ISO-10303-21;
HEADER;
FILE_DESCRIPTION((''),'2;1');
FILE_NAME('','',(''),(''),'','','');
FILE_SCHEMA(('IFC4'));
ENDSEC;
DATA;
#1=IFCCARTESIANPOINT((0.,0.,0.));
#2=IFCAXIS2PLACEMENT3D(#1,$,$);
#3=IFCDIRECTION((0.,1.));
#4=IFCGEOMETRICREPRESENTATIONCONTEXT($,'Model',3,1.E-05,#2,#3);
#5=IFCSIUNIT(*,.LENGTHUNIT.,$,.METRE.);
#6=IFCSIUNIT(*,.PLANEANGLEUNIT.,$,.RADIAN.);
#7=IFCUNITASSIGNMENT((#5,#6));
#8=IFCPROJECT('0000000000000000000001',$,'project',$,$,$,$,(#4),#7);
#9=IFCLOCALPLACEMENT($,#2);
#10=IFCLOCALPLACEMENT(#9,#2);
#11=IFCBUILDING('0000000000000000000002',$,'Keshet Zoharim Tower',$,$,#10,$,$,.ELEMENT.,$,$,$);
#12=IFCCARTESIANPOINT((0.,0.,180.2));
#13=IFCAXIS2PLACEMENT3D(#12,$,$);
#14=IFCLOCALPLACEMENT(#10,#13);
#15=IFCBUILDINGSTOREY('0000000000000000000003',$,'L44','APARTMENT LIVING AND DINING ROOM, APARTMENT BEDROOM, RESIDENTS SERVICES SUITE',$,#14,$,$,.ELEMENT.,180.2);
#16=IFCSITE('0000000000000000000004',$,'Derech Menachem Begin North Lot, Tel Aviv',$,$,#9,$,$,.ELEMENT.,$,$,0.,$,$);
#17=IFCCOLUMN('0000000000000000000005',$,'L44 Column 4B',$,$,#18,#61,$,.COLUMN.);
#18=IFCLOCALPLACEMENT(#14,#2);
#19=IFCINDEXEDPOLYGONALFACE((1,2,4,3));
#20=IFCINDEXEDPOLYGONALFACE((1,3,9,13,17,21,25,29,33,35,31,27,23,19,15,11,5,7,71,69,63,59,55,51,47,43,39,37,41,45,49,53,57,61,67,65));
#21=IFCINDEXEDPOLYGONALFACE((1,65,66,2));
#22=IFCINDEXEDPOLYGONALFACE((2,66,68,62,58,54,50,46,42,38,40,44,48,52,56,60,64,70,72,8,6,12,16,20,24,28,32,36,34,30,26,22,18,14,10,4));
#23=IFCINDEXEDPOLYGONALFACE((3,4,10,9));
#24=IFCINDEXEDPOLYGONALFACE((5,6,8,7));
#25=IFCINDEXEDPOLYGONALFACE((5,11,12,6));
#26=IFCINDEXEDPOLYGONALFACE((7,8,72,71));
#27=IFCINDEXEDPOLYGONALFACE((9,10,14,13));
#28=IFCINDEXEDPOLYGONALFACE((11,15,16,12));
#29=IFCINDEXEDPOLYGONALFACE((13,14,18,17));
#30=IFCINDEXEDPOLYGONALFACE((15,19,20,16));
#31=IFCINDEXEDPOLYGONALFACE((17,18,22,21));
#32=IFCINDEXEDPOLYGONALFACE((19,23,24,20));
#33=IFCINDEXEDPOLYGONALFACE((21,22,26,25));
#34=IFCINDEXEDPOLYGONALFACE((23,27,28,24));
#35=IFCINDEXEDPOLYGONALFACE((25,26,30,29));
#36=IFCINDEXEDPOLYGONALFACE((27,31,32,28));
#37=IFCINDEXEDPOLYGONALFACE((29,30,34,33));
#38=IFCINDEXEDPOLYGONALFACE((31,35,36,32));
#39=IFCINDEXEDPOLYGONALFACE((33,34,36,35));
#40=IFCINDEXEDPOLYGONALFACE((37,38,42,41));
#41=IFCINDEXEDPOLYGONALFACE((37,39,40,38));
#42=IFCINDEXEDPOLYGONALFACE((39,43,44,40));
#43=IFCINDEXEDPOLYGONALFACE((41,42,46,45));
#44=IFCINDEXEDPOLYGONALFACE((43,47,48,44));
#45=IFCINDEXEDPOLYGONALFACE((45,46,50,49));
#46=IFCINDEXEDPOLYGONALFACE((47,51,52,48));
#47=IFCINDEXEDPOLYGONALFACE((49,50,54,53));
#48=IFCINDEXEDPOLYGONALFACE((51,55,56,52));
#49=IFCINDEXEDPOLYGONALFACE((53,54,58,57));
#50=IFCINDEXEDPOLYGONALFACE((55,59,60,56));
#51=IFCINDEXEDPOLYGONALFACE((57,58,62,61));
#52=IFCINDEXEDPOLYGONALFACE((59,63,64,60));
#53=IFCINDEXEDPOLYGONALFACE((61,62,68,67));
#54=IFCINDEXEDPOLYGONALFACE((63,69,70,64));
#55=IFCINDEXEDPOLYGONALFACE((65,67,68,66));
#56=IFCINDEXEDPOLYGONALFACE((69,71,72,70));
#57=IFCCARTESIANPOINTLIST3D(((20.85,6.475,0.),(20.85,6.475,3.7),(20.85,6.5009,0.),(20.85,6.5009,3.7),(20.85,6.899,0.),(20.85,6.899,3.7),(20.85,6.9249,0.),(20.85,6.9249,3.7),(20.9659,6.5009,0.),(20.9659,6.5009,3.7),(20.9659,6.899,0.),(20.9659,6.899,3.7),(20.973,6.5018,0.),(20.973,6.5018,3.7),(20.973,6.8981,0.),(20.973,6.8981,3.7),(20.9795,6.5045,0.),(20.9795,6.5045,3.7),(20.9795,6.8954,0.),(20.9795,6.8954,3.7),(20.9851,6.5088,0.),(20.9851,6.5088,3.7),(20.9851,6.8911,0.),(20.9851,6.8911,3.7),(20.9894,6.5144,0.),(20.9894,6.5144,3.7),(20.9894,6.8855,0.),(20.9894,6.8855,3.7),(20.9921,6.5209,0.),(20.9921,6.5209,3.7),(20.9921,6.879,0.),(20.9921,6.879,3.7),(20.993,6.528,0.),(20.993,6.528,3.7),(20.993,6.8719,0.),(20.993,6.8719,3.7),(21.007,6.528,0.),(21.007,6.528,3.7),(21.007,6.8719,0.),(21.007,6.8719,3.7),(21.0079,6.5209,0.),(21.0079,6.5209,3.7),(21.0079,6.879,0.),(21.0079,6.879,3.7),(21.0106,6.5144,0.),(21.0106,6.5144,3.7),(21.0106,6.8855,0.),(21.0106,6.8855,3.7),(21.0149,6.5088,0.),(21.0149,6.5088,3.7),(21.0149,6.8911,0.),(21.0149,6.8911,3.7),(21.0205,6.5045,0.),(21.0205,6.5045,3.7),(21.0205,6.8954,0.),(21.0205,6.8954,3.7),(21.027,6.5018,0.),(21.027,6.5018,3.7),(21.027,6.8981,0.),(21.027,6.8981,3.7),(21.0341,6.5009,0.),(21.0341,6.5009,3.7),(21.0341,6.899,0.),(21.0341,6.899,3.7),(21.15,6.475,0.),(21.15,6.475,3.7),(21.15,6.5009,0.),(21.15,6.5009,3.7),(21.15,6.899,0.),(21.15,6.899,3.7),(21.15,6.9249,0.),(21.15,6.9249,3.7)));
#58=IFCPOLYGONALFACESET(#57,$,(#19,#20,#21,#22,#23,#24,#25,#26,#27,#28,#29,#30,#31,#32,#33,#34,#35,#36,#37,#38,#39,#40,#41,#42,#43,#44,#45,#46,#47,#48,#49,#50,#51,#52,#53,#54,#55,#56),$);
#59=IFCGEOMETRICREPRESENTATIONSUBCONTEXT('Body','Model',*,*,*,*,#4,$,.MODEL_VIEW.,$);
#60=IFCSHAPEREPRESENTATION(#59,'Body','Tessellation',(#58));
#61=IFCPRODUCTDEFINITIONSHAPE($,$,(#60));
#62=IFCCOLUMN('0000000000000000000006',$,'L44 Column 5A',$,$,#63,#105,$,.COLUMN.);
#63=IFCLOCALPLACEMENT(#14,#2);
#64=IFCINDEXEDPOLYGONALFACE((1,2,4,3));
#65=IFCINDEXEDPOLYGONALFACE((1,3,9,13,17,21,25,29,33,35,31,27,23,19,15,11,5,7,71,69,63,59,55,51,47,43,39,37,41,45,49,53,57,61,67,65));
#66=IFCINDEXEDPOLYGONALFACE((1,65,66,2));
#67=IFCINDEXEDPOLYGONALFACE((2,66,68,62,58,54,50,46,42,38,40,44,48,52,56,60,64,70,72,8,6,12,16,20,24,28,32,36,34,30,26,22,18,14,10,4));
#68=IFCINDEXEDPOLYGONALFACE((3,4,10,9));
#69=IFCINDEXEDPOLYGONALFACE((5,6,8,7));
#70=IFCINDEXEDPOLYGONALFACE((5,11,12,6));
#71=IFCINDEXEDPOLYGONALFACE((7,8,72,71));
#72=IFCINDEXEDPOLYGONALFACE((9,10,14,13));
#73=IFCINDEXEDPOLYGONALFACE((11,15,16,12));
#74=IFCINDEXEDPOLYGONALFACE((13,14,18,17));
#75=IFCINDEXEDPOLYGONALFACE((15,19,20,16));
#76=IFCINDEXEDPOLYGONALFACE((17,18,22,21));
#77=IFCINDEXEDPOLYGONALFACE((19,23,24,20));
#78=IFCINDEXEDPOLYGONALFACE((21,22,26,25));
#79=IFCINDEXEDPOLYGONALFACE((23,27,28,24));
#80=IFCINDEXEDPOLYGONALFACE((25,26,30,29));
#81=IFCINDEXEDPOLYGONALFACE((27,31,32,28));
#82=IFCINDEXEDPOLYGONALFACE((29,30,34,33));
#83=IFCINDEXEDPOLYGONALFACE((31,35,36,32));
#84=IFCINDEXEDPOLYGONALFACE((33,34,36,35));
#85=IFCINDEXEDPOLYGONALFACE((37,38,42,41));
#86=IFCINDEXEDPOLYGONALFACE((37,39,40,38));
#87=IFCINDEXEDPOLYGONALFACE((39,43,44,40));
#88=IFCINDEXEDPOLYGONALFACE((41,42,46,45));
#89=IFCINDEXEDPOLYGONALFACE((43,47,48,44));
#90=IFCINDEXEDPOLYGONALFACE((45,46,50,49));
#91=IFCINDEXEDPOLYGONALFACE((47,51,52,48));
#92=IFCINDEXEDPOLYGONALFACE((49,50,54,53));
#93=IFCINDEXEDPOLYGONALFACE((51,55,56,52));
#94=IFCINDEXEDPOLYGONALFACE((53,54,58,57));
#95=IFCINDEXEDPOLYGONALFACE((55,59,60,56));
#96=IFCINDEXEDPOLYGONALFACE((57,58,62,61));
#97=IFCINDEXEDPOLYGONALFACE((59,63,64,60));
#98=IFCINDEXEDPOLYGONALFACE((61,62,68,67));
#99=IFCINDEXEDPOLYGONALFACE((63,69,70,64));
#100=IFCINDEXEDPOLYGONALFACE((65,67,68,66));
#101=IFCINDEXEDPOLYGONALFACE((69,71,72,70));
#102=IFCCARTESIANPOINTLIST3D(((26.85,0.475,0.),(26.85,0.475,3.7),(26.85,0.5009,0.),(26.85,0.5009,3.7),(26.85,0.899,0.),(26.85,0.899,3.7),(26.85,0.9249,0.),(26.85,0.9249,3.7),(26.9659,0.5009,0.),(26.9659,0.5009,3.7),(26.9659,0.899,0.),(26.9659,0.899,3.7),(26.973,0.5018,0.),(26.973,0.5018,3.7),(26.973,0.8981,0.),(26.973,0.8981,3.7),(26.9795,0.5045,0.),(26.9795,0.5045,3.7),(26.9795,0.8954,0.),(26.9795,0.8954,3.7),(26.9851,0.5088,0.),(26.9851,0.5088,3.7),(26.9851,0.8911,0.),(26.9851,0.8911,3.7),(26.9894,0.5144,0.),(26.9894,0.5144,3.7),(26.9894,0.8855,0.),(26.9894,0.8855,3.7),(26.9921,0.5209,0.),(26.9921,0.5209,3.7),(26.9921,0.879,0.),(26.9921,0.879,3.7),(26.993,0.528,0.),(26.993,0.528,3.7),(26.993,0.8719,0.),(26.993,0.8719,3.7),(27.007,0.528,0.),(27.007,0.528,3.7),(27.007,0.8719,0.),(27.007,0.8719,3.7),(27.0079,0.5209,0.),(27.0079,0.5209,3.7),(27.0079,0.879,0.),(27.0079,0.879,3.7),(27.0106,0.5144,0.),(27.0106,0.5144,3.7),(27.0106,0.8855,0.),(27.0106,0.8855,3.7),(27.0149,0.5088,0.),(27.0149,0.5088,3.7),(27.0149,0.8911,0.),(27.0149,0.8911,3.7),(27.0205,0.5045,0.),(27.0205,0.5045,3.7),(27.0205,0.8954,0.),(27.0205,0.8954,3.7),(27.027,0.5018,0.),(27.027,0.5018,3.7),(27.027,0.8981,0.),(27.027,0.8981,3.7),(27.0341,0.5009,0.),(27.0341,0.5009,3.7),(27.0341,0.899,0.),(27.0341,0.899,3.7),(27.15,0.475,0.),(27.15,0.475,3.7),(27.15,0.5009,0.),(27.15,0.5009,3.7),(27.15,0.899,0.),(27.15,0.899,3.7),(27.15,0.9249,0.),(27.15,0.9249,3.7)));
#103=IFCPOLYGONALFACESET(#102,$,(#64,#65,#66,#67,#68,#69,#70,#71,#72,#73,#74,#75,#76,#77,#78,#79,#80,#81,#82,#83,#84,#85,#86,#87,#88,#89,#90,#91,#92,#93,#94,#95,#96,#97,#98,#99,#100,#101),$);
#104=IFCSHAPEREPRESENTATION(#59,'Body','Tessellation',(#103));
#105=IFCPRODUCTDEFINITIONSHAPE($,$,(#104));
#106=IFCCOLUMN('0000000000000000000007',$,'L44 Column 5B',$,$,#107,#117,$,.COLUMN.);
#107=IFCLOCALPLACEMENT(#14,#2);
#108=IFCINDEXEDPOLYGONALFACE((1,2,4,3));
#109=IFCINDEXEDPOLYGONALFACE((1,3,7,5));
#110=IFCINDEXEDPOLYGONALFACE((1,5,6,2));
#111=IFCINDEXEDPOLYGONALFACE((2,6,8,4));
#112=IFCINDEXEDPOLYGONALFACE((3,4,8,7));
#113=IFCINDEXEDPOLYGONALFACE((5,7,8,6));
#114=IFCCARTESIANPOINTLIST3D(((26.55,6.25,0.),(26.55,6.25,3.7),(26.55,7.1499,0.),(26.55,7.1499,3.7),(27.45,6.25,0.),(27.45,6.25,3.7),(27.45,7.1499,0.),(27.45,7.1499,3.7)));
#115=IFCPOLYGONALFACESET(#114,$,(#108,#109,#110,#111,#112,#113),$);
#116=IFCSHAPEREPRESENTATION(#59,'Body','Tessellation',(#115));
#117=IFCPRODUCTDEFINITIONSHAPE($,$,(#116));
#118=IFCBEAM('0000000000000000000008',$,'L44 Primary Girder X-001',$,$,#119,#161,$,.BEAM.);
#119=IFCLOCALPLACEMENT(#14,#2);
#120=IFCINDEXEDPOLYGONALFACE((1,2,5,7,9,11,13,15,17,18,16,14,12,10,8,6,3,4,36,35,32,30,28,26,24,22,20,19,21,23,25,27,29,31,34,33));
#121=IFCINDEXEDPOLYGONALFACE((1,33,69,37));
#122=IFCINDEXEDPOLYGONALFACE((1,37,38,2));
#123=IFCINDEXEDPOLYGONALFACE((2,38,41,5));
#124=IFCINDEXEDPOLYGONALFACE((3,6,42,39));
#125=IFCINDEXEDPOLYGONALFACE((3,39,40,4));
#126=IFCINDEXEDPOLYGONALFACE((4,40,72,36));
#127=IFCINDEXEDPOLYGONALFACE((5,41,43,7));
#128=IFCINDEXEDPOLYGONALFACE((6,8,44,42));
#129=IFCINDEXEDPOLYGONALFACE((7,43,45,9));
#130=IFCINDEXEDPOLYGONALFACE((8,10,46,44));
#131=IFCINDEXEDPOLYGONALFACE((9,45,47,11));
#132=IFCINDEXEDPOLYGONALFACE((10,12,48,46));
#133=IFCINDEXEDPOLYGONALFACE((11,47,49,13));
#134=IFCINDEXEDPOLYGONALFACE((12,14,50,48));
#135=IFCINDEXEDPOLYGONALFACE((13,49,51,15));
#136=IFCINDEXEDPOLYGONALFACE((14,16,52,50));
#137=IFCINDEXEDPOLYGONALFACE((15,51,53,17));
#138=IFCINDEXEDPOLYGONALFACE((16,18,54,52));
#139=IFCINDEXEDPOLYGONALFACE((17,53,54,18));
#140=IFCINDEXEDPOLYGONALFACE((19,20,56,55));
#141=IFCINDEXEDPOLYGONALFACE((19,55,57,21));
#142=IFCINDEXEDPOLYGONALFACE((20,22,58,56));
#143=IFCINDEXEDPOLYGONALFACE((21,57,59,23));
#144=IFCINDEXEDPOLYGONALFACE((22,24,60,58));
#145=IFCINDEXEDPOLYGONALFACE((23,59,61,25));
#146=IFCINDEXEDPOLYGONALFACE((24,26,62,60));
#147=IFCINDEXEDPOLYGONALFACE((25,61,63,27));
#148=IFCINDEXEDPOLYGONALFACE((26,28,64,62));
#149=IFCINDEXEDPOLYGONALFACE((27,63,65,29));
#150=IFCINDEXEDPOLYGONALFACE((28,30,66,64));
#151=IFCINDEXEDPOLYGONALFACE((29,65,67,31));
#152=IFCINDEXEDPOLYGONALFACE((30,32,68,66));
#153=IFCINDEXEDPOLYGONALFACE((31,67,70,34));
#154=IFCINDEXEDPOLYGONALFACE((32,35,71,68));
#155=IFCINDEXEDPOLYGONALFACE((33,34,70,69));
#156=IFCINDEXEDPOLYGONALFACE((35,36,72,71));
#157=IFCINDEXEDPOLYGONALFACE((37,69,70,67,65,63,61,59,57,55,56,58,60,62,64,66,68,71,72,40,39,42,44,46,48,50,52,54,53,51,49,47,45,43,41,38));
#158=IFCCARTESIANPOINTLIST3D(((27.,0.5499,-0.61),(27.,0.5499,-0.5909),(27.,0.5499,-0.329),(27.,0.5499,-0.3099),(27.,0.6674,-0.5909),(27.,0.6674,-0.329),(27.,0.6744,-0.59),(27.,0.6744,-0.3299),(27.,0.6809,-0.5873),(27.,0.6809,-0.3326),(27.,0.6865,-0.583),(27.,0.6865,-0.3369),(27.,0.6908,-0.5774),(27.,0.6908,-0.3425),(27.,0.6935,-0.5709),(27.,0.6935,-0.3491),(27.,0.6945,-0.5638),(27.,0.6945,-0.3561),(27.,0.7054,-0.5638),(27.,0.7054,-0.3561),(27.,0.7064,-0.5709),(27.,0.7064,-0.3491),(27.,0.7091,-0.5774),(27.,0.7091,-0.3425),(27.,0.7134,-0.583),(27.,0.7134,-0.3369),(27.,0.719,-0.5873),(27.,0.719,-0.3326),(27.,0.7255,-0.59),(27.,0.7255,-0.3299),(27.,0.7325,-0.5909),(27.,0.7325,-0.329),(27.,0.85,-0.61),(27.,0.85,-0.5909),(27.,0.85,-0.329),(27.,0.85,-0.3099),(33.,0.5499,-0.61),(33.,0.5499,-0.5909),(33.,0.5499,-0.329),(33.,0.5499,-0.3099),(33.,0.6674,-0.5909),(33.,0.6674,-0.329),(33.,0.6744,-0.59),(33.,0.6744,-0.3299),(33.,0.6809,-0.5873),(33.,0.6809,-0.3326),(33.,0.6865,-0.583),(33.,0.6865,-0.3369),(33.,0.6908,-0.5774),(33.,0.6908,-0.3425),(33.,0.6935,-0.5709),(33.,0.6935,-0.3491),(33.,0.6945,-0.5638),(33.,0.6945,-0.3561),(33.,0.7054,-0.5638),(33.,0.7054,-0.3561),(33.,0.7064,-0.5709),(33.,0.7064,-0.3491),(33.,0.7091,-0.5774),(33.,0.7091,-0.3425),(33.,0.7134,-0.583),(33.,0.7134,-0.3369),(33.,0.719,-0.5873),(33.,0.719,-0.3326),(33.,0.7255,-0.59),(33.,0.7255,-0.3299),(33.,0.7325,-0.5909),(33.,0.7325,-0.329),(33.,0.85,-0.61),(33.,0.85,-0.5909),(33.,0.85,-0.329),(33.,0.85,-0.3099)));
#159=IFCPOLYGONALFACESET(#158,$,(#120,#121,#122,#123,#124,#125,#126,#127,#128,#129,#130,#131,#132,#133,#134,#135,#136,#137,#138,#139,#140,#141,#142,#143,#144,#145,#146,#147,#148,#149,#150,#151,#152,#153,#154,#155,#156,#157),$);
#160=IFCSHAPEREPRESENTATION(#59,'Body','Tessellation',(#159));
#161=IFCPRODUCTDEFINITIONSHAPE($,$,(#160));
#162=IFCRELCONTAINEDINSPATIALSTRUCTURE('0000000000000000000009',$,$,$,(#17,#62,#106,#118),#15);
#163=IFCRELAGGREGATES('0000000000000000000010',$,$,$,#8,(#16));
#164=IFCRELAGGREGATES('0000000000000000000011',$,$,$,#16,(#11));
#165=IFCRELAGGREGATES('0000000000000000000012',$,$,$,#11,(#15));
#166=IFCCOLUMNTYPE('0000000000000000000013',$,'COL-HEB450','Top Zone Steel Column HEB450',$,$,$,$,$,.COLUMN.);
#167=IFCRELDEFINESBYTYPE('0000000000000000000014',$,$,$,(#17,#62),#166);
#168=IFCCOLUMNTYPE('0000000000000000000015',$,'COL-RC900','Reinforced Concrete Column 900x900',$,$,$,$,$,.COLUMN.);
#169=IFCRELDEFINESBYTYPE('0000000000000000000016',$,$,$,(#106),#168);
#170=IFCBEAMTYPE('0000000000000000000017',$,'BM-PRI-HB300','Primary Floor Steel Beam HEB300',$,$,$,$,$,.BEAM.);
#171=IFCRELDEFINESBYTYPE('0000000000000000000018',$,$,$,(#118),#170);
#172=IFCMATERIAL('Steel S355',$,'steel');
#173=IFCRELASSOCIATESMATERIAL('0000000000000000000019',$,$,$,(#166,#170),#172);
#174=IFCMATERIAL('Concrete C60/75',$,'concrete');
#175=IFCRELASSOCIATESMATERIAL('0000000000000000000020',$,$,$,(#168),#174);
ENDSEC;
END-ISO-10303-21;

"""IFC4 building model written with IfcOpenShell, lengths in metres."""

from ifc_helpers import new_model, si_unit, direction, frame, origin, origin_2d, place, context, subcontext, project, spatial, rectangle, i_section, extrude, material, material_profile, profile_set, type_object, element, save


model = new_model("IFC4")

# Units and contexts
model_context = context("Model", 3, precision=1e-05, world=origin(), true_north=direction((0.0, 1.0)))
body_context = subcontext(model_context, "Body", "Model", "MODEL_VIEW")
ifc_project = project(units=[si_unit("LENGTHUNIT", "METRE"), si_unit("PLANEANGLEUNIT", "RADIAN")], contexts=[model_context])

# Site, building, storey
site_placement = place(None, origin())
site = spatial("IfcSite", under=ifc_project, at=site_placement, Name="Derech Menachem Begin North Lot, Tel Aviv", CompositionType="ELEMENT", RefElevation=0.0)
building_placement = place(site_placement, origin())
building = spatial("IfcBuilding", under=site, at=building_placement, Name="Keshet Zoharim Tower", CompositionType="ELEMENT")
storey_placement = place(building_placement, frame((0.0, 0.0, 180.2)))
storey = spatial("IfcBuildingStorey", under=building, at=storey_placement, Name="L44", Description="APARTMENT LIVING AND DINING ROOM, APARTMENT BEDROOM, RESIDENTS SERVICES SUITE", CompositionType="ELEMENT", Elevation=180.2)

# Columns
ifc_material_1 = material(Name="Steel S355", Category="steel")
ifc_material_profile_1 = material_profile(ifc_material_1, i_section(OverallWidth=0.3, OverallDepth=0.45, WebThickness=0.0139, FlangeThickness=0.0259, FilletRadius=0.0271, at=origin_2d()), Name="HEB450")
ifc_profile_set_1 = profile_set([ifc_material_profile_1], Name="Steel S355")
column_type_1 = type_object("IfcColumnType", Name="COL-HEB450", Description="Top Zone Steel Column HEB450", PredefinedType="COLUMN", material=ifc_profile_set_1)
for number, where, z_axis, x_axis, name in (
    (1, (21.0, 6.7, 0.0), (0.0, 0.0, 1.0), (1.0, 0.0, 0.0), "L44 Column 4B"),
    (2, (27.0, 0.7, 0.0), (0.0, 0.0, 1.0), (1.0, 0.0, 0.0), "L44 Column 5A"),
):
    element("IfcColumn", number, at=place(storey_placement, frame(where, z_axis=z_axis, x_axis=x_axis)), inside=storey, type_object=column_type_1, Name=name, PredefinedType="COLUMN", context=body_context, shape_type="SweptSolid", body=[
        extrude(i_section(OverallWidth=0.3, OverallDepth=0.45, WebThickness=0.0139, FlangeThickness=0.0259, FilletRadius=0.0271, at=origin_2d()), origin(), (0.0, 0.0, 1.0), 3.7),
    ])
ifc_material_2 = material(Name="Concrete C60/75", Category="concrete")
ifc_material_profile_2 = material_profile(ifc_material_2, rectangle(XDim=0.8999, YDim=0.8999, at=origin_2d()), Name="RC900x900")
ifc_profile_set_2 = profile_set([ifc_material_profile_2], Name="Concrete C60/75")
column_type_2 = type_object("IfcColumnType", Name="COL-RC900", Description="Reinforced Concrete Column 900x900", PredefinedType="COLUMN", material=ifc_profile_set_2)
column_placement = place(storey_placement, frame((27.0, 6.7, 0.0), z_axis=(0.0, 0.0, 1.0), x_axis=(1.0, 0.0, 0.0)))
element("IfcColumn", 3, at=column_placement, inside=storey, type_object=column_type_2, Name="L44 Column 5B", PredefinedType="COLUMN", context=body_context, shape_type="SweptSolid", body=[
    extrude(rectangle(XDim=0.8999, YDim=0.8999, at=origin_2d()), origin(), (0.0, 0.0, 1.0), 3.7),
])

# Beam
ifc_material_profile_3 = material_profile(ifc_material_1, i_section(OverallWidth=0.3, OverallDepth=0.3, WebThickness=0.011, FlangeThickness=0.019, FilletRadius=0.0271, at=origin_2d()), Name="HEB300")
ifc_profile_set_3 = profile_set([ifc_material_profile_3], Name="Steel S355")
beam_type_1 = type_object("IfcBeamType", Name="BM-PRI-HB300", Description="Primary Floor Steel Beam HEB300", PredefinedType="BEAM", material=ifc_profile_set_3)
for number, where, z_axis, x_axis, name in (
    (4, (27.0, 0.7, -0.46), (1.0, 0.0, 0.0), (0.0, 1.0, 0.0), "L44 Primary Girder X-001"),
):
    element("IfcBeam", number, at=place(storey_placement, frame(where, z_axis=z_axis, x_axis=x_axis)), inside=storey, type_object=beam_type_1, Name=name, PredefinedType="BEAM", context=body_context, shape_type="SweptSolid", body=[
        extrude(i_section(OverallWidth=0.3, OverallDepth=0.3, WebThickness=0.011, FlangeThickness=0.019, FilletRadius=0.0271, at=origin_2d()), origin(), (0.0, 0.0, 1.0), 6.0),
    ])

save(model, "model.ifc")
